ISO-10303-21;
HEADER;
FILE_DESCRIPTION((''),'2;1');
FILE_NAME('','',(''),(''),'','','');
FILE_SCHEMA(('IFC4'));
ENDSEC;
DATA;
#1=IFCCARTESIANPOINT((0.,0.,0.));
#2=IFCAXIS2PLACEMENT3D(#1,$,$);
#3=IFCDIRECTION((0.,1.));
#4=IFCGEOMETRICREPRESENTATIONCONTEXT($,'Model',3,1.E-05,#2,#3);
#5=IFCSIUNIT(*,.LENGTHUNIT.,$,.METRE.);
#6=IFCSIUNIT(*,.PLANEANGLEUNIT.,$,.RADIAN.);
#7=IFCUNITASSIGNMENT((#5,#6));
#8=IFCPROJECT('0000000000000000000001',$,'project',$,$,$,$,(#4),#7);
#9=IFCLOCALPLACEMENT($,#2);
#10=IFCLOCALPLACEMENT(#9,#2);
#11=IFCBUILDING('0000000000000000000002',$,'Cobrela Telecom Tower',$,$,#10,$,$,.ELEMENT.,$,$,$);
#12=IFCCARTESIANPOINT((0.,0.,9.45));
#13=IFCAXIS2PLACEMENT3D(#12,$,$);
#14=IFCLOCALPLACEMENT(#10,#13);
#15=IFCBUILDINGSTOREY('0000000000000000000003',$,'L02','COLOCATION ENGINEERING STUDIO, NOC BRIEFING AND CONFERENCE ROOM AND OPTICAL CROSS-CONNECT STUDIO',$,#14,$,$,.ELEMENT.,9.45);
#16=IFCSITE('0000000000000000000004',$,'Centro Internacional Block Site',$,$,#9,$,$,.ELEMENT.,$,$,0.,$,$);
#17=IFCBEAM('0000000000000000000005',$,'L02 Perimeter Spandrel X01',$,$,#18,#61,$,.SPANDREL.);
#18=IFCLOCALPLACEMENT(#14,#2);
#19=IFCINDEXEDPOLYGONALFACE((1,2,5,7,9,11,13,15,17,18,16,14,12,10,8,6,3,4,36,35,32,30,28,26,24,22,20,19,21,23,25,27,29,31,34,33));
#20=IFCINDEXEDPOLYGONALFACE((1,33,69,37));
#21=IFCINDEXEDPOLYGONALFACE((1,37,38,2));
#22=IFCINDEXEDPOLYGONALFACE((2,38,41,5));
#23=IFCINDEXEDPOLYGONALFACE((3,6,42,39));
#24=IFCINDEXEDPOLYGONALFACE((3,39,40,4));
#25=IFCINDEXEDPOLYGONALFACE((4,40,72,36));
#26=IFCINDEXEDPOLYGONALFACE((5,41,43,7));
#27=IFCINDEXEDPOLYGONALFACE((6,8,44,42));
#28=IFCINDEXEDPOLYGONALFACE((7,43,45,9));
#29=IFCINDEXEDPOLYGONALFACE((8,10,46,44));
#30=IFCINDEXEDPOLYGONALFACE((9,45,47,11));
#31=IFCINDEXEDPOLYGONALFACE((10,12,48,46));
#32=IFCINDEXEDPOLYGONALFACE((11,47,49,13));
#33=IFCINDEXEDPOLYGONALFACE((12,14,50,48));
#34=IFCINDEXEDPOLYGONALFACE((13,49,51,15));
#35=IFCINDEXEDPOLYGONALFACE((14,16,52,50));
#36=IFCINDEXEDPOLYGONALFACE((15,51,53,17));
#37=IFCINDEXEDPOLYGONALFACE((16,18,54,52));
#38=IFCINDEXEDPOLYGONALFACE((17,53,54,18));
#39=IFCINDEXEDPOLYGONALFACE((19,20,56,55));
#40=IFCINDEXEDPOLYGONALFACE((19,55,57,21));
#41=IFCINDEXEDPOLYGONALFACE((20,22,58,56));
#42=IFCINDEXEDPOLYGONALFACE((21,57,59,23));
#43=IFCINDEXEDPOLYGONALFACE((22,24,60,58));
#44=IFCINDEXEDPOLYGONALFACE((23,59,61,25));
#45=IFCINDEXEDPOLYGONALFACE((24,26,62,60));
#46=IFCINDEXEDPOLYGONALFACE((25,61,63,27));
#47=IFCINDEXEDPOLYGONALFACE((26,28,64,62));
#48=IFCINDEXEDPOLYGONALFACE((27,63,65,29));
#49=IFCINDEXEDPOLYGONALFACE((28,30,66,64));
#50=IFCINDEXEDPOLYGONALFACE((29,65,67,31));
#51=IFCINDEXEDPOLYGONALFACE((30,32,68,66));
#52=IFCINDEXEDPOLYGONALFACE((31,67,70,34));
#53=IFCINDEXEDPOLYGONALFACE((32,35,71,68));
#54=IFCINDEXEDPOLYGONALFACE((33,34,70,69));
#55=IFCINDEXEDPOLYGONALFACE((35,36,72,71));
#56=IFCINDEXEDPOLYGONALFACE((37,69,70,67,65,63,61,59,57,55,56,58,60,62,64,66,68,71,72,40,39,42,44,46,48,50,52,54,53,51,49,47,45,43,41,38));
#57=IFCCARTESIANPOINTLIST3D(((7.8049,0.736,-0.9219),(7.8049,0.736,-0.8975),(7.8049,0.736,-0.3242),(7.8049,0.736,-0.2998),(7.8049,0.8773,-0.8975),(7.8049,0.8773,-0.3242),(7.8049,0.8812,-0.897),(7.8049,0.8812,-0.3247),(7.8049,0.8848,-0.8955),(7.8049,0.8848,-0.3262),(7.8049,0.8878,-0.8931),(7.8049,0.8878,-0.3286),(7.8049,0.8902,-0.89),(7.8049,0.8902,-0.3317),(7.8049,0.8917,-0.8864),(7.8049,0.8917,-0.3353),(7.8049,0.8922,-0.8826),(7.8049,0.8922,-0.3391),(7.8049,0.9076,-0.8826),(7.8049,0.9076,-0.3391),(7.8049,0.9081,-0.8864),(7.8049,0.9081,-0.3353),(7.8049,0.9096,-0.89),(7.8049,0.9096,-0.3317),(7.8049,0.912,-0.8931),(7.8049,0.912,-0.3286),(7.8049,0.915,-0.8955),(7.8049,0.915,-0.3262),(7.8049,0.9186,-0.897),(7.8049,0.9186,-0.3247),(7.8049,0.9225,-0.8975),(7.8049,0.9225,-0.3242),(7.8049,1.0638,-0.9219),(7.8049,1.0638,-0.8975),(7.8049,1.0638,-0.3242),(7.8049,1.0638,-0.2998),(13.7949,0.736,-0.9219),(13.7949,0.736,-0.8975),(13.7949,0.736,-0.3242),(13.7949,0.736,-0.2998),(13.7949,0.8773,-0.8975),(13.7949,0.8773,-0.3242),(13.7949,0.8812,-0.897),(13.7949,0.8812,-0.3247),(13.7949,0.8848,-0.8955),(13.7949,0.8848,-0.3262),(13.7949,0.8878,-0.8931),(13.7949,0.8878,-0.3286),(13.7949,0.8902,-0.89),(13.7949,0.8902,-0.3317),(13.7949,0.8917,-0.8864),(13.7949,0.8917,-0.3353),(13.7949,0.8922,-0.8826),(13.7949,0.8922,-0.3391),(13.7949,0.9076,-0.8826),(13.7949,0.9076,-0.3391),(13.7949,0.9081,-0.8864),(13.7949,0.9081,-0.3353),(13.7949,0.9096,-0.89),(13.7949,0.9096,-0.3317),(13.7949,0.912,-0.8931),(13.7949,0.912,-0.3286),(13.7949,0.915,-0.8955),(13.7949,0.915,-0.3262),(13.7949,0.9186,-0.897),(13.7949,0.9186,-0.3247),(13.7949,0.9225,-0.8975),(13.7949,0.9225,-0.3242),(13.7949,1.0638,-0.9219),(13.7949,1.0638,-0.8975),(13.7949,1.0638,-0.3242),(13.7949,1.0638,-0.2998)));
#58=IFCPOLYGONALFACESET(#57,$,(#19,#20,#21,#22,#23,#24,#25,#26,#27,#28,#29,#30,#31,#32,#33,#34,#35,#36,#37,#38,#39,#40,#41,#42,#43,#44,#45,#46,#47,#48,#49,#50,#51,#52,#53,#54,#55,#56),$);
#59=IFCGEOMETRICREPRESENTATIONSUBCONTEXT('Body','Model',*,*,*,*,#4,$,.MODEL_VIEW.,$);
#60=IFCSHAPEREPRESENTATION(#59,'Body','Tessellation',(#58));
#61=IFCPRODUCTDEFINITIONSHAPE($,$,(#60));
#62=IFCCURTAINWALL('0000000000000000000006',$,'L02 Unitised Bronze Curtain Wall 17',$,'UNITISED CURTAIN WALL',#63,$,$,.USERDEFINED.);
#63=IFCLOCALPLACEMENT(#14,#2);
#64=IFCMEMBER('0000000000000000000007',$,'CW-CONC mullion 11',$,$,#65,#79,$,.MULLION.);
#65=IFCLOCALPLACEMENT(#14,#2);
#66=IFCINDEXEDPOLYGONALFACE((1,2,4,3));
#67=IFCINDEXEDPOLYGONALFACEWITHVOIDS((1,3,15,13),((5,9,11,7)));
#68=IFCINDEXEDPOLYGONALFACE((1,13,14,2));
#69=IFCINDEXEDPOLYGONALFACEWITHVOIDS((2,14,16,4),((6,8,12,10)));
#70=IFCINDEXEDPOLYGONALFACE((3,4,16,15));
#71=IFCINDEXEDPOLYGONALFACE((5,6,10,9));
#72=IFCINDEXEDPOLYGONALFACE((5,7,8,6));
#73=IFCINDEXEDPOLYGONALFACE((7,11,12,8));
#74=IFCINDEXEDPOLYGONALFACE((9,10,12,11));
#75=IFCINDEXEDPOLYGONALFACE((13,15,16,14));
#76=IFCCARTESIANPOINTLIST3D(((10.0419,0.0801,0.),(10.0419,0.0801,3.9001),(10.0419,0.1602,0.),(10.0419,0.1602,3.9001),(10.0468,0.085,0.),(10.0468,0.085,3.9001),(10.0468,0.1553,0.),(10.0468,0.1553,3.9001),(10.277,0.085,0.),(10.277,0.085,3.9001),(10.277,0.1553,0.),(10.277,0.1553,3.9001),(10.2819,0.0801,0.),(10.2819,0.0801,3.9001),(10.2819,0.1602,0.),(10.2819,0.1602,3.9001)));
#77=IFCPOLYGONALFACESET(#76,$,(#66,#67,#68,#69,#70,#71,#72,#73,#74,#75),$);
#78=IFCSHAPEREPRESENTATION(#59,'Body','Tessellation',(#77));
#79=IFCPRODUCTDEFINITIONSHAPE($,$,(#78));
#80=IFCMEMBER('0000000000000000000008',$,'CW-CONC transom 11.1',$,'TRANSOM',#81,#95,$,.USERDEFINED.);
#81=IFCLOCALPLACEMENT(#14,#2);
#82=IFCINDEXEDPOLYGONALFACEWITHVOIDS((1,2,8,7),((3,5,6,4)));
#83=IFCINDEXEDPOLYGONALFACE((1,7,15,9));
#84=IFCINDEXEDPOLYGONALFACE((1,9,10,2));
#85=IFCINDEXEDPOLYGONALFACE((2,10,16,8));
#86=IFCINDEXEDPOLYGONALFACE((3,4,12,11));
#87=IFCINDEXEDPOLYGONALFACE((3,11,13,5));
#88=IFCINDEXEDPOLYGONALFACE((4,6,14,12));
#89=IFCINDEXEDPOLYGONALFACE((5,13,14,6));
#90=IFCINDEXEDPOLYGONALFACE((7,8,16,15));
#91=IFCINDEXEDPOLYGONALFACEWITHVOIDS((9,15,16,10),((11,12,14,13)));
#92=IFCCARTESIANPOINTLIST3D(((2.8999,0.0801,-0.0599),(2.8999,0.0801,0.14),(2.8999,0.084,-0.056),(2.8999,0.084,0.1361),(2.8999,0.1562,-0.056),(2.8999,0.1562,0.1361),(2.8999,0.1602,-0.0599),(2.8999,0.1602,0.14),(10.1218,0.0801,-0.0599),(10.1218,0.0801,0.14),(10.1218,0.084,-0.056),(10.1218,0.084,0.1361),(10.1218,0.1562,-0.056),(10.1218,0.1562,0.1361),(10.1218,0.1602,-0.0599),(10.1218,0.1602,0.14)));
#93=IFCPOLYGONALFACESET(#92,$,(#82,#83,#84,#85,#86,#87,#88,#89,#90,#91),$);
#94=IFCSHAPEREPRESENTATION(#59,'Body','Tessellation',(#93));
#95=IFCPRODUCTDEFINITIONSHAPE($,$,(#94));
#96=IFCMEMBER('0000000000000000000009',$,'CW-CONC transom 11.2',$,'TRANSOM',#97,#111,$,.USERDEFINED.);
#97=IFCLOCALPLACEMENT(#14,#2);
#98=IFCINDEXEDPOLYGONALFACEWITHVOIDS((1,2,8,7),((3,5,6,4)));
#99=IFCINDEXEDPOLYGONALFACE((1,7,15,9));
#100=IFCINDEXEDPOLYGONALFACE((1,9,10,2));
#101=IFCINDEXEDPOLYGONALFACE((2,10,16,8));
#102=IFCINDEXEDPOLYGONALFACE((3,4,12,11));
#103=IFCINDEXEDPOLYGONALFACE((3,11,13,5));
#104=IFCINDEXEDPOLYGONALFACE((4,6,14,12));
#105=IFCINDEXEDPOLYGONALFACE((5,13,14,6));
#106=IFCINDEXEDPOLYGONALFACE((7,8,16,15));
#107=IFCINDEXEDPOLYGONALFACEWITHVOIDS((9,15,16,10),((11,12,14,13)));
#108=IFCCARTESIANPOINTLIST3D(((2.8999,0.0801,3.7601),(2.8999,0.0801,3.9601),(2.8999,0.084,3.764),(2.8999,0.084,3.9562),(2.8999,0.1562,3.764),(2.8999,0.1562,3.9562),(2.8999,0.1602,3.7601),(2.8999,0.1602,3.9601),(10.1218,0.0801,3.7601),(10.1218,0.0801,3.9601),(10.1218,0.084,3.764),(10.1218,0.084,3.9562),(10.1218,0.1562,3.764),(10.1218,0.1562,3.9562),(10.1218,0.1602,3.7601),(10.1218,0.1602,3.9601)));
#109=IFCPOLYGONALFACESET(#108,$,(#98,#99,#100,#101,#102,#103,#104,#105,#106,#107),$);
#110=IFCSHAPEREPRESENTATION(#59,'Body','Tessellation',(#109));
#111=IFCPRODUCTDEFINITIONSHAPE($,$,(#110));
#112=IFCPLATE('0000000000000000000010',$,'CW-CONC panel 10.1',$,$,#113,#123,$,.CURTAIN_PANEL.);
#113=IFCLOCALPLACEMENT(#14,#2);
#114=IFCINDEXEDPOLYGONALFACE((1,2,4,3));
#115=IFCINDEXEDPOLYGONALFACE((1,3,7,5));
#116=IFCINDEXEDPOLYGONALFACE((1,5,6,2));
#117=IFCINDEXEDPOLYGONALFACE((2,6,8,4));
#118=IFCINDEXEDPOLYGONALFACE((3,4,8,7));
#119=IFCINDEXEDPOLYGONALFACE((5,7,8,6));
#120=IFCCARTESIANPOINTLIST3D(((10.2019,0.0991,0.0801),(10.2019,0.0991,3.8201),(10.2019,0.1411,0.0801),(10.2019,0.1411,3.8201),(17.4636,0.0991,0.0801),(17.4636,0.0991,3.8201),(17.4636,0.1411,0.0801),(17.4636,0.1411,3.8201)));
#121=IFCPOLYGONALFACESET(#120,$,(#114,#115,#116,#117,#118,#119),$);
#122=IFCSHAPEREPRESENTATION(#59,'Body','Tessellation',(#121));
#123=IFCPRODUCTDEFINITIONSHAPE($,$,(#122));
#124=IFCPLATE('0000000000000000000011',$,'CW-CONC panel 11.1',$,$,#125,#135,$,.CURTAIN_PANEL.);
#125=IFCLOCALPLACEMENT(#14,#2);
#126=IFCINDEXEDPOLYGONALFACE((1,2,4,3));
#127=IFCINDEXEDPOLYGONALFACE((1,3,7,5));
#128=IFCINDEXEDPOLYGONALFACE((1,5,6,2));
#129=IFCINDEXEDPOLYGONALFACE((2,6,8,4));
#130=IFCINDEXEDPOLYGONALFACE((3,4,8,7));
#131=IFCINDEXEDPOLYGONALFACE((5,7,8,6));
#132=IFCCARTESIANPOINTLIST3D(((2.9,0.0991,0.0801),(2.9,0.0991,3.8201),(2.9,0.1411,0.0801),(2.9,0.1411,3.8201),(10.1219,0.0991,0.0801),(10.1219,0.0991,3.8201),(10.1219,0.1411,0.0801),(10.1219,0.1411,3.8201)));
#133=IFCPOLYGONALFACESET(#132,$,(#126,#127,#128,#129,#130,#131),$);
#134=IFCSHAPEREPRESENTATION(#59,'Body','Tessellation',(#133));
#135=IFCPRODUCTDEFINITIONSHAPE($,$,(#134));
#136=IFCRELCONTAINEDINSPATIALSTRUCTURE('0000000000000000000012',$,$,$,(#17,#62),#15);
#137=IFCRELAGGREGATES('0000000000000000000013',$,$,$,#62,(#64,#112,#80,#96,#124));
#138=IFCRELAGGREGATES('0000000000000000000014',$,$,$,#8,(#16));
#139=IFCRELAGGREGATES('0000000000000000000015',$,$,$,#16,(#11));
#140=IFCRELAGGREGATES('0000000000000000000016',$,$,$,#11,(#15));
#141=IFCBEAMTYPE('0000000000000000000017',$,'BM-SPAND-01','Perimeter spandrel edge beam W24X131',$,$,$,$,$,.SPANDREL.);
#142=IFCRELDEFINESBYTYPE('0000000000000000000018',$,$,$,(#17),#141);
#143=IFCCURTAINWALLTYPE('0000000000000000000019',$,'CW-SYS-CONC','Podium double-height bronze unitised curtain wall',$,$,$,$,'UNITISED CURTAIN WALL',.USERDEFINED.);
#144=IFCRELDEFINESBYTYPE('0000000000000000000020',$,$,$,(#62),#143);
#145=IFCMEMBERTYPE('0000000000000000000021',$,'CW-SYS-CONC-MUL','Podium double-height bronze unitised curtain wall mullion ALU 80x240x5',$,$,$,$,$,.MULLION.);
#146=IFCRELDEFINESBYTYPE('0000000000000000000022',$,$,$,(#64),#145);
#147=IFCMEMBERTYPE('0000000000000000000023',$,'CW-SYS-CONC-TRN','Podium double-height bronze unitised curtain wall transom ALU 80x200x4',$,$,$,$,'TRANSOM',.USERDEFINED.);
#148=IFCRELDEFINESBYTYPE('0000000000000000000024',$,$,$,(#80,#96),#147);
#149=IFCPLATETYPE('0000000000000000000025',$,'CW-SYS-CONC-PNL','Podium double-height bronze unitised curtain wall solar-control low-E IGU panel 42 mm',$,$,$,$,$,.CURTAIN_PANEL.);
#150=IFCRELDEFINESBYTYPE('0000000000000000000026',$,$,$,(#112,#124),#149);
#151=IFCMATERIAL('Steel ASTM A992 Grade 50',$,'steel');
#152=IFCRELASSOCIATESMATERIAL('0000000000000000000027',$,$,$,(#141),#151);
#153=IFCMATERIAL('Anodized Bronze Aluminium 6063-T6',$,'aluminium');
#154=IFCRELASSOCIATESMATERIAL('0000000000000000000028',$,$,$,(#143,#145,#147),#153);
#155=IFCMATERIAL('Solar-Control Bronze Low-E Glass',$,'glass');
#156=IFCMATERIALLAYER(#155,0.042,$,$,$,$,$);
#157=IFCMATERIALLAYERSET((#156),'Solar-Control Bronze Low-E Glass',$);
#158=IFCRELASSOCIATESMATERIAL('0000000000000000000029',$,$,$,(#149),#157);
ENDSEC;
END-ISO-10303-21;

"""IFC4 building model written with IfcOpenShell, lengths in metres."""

from ifc_helpers import new_model, si_unit, direction, frame, origin, origin_2d, place, context, subcontext, project, spatial, rectangle, hollow_rectangle, i_section, extrude, material, layer, layer_set, material_profile, profile_set, type_object, element, aggregate, save


model = new_model("IFC4")

# Units and contexts
model_context = context("Model", 3, precision=1e-05, world=origin(), true_north=direction((0.0, 1.0)))
body_context = subcontext(model_context, "Body", "Model", "MODEL_VIEW")
ifc_project = project(units=[si_unit("LENGTHUNIT", "METRE"), si_unit("PLANEANGLEUNIT", "RADIAN")], contexts=[model_context])

# Site, building, storey
site_placement = place(None, origin())
site = spatial("IfcSite", under=ifc_project, at=site_placement, Name="Centro Internacional Block Site", CompositionType="ELEMENT", RefElevation=0.0)
building_placement = place(site_placement, origin())
building = spatial("IfcBuilding", under=site, at=building_placement, Name="Cobrela Telecom Tower", CompositionType="ELEMENT")
storey_placement = place(building_placement, frame((0.0, 0.0, 9.45)))
storey = spatial("IfcBuildingStorey", under=building, at=storey_placement, Name="L02", Description="COLOCATION ENGINEERING STUDIO, NOC BRIEFING AND CONFERENCE ROOM AND OPTICAL CROSS-CONNECT STUDIO", CompositionType="ELEMENT", Elevation=9.45)

# Beam
ifc_material_1 = material(Name="Steel ASTM A992 Grade 50", Category="steel")
ifc_material_profile_1 = material_profile(ifc_material_1, i_section(OverallWidth=0.3279, OverallDepth=0.6221, WebThickness=0.0154, FlangeThickness=0.0244, FilletRadius=0.0149, at=origin_2d()), Name="W24X131")
ifc_profile_set_1 = profile_set([ifc_material_profile_1], Name="Steel ASTM A992 Grade 50")
beam_type_1 = type_object("IfcBeamType", Name="BM-SPAND-01", Description="Perimeter spandrel edge beam W24X131", PredefinedType="SPANDREL", material=ifc_profile_set_1)
beam_1_placement = place(storey_placement, frame((7.8049, 0.8999, -0.6108), z_axis=(1.0, 0.0, 0.0), x_axis=(0.0, 1.0, 0.0)))
element("IfcBeam", 1, at=beam_1_placement, inside=storey, type_object=beam_type_1, Name="L02 Perimeter Spandrel X01", PredefinedType="SPANDREL", context=body_context, shape_type="SweptSolid", body=[
    extrude(i_section(OverallWidth=0.3279, OverallDepth=0.6221, WebThickness=0.0154, FlangeThickness=0.0244, FilletRadius=0.0149, at=origin_2d()), origin(), (0.0, 0.0, 1.0), 5.99),
])

# Curtain wall, members, plates
ifc_material_2 = material(Name="Anodized Bronze Aluminium 6063-T6", Category="aluminium")
curtain_wall_type = type_object("IfcCurtainWallType", Name="CW-SYS-CONC", Description="Podium double-height bronze unitised curtain wall", ElementType="UNITISED CURTAIN WALL", PredefinedType="USERDEFINED", material=ifc_material_2)
curtain_wall_placement = place(storey_placement, origin())
curtain_wall = element("IfcCurtainWall", 2, at=curtain_wall_placement, inside=storey, type_object=curtain_wall_type, Name="L02 Unitised Bronze Curtain Wall 17", ObjectType="UNITISED CURTAIN WALL", PredefinedType="USERDEFINED")
ifc_material_profile_2 = material_profile(ifc_material_2, hollow_rectangle(XDim=0.0801, YDim=0.24, WallThickness=0.0049, at=origin_2d()), Name="ALU 80x240x5")
ifc_profile_set_2 = profile_set([ifc_material_profile_2], Name="Anodized Bronze Aluminium 6063-T6")
member_type_1 = type_object("IfcMemberType", Name="CW-SYS-CONC-MUL", Description="Podium double-height bronze unitised curtain wall mullion ALU 80x240x5", PredefinedType="MULLION", material=ifc_profile_set_2)
member_1_placement = place(storey_placement, frame((10.1619, 0.1201, 0.0), z_axis=(0.0, 0.0, 1.0), x_axis=(0.0, -1.0, 0.0)))
member_1 = element("IfcMember", 3, at=member_1_placement, type_object=member_type_1, Name="CW-CONC mullion 11", PredefinedType="MULLION", context=body_context, shape_type="SweptSolid", body=[
    extrude(hollow_rectangle(XDim=0.0801, YDim=0.24, WallThickness=0.0049, at=origin_2d()), origin(), (0.0, 0.0, 1.0), 3.9001),
])
ifc_material_profile_3 = material_profile(ifc_material_2, hollow_rectangle(XDim=0.0801, YDim=0.2, WallThickness=0.0039, at=origin_2d()), Name="ALU 80x200x4")
ifc_profile_set_3 = profile_set([ifc_material_profile_3], Name="Anodized Bronze Aluminium 6063-T6")
member_type_2 = type_object("IfcMemberType", Name="CW-SYS-CONC-TRN", Description="Podium double-height bronze unitised curtain wall transom ALU 80x200x4", ElementType="TRANSOM", PredefinedType="USERDEFINED", material=ifc_profile_set_3)
member_2_placement = place(storey_placement, frame((10.1218, 0.1201, 0.04), z_axis=(-1.0, 0.0, 0.0), x_axis=(0.0, -1.0, 0.0)))
member_2 = element("IfcMember", 4, at=member_2_placement, type_object=member_type_2, Name="CW-CONC transom 11.1", ObjectType="TRANSOM", PredefinedType="USERDEFINED", context=body_context, shape_type="SweptSolid", body=[
    extrude(hollow_rectangle(XDim=0.0801, YDim=0.2, WallThickness=0.0039, at=origin_2d()), origin(), (0.0, 0.0, 1.0), 7.2219),
])
member_3_placement = place(storey_placement, frame((10.1218, 0.1201, 3.8601), z_axis=(-1.0, 0.0, 0.0), x_axis=(0.0, -1.0, 0.0)))
member_3 = element("IfcMember", 5, at=member_3_placement, type_object=member_type_2, Name="CW-CONC transom 11.2", ObjectType="TRANSOM", PredefinedType="USERDEFINED", context=body_context, shape_type="SweptSolid", body=[
    extrude(hollow_rectangle(XDim=0.0801, YDim=0.2, WallThickness=0.0039, at=origin_2d()), origin(), (0.0, 0.0, 1.0), 7.2219),
])
ifc_material_3 = material(Name="Solar-Control Bronze Low-E Glass", Category="glass")
ifc_layer_1 = layer(ifc_material_3, 0.042)
ifc_layer_set_1 = layer_set([ifc_layer_1], Name="Solar-Control Bronze Low-E Glass")
plate_type = type_object("IfcPlateType", Name="CW-SYS-CONC-PNL", Description="Podium double-height bronze unitised curtain wall solar-control low-E IGU panel 42 mm", PredefinedType="CURTAIN_PANEL", material=ifc_layer_set_1)
plate_1_placement = place(storey_placement, frame((13.8328, 0.1201, 0.0801), z_axis=(0.0, 0.0, 1.0), x_axis=(-1.0, 0.0, 0.0)))
plate_1 = element("IfcPlate", 6, at=plate_1_placement, type_object=plate_type, Name="CW-CONC panel 10.1", PredefinedType="CURTAIN_PANEL", context=body_context, shape_type="SweptSolid", body=[
    extrude(rectangle(XDim=7.2617, YDim=0.042, at=origin_2d()), origin(), (0.0, 0.0, 1.0), 3.74),
])
plate_2_placement = place(storey_placement, frame((6.511, 0.1201, 0.0801), z_axis=(0.0, 0.0, 1.0), x_axis=(-1.0, 0.0, 0.0)))
plate_2 = element("IfcPlate", 7, at=plate_2_placement, type_object=plate_type, Name="CW-CONC panel 11.1", PredefinedType="CURTAIN_PANEL", context=body_context, shape_type="SweptSolid", body=[
    extrude(rectangle(XDim=7.2219, YDim=0.042, at=origin_2d()), origin(), (0.0, 0.0, 1.0), 3.74),
])
aggregate(curtain_wall, [member_1, plate_1, member_2, member_3, plate_2])

save(model, "model.ifc")
